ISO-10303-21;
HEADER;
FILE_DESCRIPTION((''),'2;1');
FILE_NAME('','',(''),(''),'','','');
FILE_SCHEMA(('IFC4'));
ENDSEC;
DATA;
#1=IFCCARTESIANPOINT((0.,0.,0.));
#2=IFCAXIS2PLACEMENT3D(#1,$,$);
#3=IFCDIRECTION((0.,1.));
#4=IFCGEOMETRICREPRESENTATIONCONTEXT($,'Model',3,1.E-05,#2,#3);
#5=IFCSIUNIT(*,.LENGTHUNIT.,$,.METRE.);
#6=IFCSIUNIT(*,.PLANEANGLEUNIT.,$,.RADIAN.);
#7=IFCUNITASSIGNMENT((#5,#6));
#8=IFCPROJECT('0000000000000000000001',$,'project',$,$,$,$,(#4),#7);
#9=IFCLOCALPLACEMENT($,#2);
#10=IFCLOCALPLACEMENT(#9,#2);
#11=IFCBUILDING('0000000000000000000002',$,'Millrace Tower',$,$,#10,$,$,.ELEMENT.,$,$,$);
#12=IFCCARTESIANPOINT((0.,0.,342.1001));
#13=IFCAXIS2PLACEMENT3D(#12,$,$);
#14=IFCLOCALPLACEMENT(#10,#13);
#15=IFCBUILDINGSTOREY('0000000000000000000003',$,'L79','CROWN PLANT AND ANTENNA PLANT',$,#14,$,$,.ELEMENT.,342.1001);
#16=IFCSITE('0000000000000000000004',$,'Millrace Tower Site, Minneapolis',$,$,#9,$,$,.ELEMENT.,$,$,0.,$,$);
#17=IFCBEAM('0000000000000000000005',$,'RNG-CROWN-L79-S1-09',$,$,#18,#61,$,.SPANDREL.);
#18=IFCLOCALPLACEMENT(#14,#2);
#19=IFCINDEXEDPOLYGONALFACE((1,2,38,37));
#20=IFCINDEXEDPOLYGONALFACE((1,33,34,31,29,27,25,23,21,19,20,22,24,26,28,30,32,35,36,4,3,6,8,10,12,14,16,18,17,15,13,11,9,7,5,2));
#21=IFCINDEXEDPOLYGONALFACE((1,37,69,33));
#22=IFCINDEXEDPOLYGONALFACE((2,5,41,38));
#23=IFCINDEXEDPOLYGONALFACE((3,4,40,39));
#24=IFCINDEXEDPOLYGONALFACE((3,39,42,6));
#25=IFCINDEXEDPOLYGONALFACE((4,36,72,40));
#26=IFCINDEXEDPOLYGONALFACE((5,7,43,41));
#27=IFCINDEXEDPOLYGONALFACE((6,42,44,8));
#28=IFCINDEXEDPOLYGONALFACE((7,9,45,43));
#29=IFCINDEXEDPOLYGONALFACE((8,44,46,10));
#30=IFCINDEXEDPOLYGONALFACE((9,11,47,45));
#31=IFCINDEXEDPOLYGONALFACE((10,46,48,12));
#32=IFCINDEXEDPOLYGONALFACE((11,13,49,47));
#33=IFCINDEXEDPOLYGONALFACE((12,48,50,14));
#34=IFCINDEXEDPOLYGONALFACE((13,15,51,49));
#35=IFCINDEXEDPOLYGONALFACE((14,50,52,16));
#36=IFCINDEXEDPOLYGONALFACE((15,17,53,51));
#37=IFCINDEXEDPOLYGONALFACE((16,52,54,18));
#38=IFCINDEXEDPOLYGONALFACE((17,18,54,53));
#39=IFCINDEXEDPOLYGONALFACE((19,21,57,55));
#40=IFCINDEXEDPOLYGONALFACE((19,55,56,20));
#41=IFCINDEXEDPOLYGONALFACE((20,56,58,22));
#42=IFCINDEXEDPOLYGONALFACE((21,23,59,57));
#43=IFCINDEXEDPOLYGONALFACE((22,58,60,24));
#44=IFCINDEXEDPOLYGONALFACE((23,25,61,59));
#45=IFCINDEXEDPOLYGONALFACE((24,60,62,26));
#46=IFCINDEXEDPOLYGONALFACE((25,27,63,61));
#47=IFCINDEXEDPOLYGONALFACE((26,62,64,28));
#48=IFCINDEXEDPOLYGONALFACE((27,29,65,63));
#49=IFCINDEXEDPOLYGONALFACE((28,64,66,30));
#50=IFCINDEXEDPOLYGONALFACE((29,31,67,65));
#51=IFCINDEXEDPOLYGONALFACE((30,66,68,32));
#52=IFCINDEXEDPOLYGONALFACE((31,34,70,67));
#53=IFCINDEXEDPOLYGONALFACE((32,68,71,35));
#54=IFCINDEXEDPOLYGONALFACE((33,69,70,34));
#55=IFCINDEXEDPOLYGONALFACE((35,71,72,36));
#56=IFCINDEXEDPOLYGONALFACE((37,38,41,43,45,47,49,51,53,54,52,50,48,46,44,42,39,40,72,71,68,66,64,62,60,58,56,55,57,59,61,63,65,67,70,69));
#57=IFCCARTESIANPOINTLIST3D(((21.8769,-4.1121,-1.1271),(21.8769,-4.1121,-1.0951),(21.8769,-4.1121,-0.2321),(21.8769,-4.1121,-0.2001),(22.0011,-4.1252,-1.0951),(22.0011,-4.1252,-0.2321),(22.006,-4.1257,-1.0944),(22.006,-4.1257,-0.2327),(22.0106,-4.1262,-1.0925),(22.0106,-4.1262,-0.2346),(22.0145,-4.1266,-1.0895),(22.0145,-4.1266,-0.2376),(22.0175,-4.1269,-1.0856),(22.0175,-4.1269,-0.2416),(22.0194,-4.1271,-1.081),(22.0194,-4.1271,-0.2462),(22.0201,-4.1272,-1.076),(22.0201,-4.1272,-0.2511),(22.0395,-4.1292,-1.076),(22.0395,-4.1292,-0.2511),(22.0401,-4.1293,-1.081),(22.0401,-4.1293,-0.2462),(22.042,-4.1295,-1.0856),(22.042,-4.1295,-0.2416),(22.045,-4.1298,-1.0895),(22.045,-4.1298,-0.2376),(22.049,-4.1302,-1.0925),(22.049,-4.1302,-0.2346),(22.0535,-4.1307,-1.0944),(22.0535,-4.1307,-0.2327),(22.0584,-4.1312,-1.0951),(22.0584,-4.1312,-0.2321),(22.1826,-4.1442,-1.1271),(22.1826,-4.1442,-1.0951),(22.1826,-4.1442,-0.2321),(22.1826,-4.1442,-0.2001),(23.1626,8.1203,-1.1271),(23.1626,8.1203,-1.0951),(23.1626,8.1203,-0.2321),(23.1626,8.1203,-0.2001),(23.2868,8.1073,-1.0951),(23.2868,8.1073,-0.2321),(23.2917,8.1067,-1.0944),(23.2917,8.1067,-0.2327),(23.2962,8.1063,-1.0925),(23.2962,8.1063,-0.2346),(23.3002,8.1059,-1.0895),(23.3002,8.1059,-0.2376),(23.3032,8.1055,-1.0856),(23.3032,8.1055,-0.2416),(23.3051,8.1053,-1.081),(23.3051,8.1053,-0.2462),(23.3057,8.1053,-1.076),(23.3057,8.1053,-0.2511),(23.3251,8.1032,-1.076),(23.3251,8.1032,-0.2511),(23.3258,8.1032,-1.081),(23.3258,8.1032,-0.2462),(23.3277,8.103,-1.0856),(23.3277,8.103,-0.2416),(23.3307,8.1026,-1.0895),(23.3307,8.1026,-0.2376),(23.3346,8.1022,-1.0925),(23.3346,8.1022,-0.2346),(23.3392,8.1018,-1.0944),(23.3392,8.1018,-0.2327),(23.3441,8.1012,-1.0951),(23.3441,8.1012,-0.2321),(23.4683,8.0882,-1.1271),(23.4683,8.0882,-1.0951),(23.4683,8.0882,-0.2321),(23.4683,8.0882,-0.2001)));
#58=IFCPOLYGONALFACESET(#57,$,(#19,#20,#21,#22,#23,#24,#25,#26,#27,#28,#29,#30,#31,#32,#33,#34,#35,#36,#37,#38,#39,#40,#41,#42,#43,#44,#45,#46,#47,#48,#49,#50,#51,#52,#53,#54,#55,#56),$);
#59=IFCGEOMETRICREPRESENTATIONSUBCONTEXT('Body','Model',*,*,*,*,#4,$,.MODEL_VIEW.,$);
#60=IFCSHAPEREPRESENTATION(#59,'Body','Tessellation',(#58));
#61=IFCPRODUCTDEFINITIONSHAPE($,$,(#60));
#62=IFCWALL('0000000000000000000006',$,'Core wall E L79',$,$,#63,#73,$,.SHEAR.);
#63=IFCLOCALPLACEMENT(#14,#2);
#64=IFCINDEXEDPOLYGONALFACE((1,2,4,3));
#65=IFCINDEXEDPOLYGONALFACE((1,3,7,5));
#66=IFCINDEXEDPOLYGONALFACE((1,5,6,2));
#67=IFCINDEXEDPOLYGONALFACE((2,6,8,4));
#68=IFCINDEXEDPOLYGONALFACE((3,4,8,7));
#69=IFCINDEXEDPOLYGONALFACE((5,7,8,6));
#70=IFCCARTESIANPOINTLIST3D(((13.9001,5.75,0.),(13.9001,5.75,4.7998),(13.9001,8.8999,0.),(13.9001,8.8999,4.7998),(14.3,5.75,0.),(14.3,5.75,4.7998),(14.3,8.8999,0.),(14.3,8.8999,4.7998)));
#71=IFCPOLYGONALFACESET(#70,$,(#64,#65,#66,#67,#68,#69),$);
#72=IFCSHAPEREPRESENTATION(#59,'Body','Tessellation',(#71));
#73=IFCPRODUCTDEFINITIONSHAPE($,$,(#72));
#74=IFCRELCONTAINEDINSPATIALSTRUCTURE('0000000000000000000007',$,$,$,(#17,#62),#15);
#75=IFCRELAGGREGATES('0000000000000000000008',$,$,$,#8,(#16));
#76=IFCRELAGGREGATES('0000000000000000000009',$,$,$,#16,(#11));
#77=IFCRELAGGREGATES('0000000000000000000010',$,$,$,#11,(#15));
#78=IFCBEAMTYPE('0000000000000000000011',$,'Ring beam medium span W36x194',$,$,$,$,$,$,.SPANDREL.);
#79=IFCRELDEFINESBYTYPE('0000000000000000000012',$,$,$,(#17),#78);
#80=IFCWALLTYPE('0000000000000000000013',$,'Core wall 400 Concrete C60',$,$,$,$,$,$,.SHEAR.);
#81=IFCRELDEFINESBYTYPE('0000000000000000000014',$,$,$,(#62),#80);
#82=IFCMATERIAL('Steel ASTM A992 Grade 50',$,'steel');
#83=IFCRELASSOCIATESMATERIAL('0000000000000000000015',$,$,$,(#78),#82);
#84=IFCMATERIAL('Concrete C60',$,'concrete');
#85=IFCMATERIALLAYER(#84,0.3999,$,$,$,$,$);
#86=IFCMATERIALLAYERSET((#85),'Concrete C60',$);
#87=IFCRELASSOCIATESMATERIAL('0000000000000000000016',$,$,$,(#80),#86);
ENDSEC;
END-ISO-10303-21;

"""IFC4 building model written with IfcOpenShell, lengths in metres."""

from ifc_helpers import new_model, si_unit, direction, frame, frame_2d, origin, origin_2d, place, context, subcontext, project, spatial, rectangle, i_section, extrude, material, layer, layer_set, material_profile, profile_set, type_object, element, save


model = new_model("IFC4")

# Units and contexts
model_context = context("Model", 3, precision=1e-05, world=origin(), true_north=direction((0.0, 1.0)))
body_context = subcontext(model_context, "Body", "Model", "MODEL_VIEW")
ifc_project = project(units=[si_unit("LENGTHUNIT", "METRE"), si_unit("PLANEANGLEUNIT", "RADIAN")], contexts=[model_context])

# Site, building, storey
site_placement = place(None, origin())
site = spatial("IfcSite", under=ifc_project, at=site_placement, Name="Millrace Tower Site, Minneapolis", CompositionType="ELEMENT", RefElevation=0.0)
building_placement = place(site_placement, origin())
building = spatial("IfcBuilding", under=site, at=building_placement, Name="Millrace Tower", CompositionType="ELEMENT")
storey_placement = place(building_placement, frame((0.0, 0.0, 342.1001)))
storey = spatial("IfcBuildingStorey", under=building, at=storey_placement, Name="L79", Description="CROWN PLANT AND ANTENNA PLANT", CompositionType="ELEMENT", Elevation=342.1001)

# Beam
ifc_material_1 = material(Name="Steel ASTM A992 Grade 50", Category="steel")
ifc_material_profile_1 = material_profile(ifc_material_1, i_section(OverallWidth=0.3074, OverallDepth=0.927, WebThickness=0.0195, FlangeThickness=0.032, FilletRadius=0.019, at=origin_2d()))
ifc_profile_set_1 = profile_set([ifc_material_profile_1], Name="Steel ASTM A992 Grade 50")
beam_type_1 = type_object("IfcBeamType", Name="Ring beam medium span W36x194", PredefinedType="SPANDREL", material=ifc_profile_set_1)
beam_1_placement = place(storey_placement, frame((23.3154, 8.1042, -0.6636), z_axis=(-0.104526, -0.994522, 0.0), x_axis=(0.994522, -0.104526, 0.0)))
element("IfcBeam", 1, at=beam_1_placement, inside=storey, type_object=beam_type_1, Name="RNG-CROWN-L79-S1-09", PredefinedType="SPANDREL", context=body_context, shape_type="SweptSolid", body=[
    extrude(i_section(OverallWidth=0.3074, OverallDepth=0.927, WebThickness=0.0195, FlangeThickness=0.032, FilletRadius=0.019, at=origin_2d()), origin(), (0.0, 0.0, 1.0), 12.2998),
])

# Wall
ifc_material_2 = material(Name="Concrete C60", Category="concrete")
ifc_layer_1 = layer(ifc_material_2, 0.3999)
ifc_layer_set_1 = layer_set([ifc_layer_1], Name="Concrete C60")
wall_type = type_object("IfcWallType", Name="Core wall 400 Concrete C60", PredefinedType="SHEAR", material=ifc_layer_set_1)
wall_placement = place(storey_placement, frame((14.1001, 8.8999, 0.0), z_axis=(0.0, 0.0, 1.0), x_axis=(0.0, -1.0, 0.0)))
element("IfcWall", 2, at=wall_placement, inside=storey, type_object=wall_type, Name="Core wall E L79", PredefinedType="SHEAR", context=body_context, shape_type="SweptSolid", body=[
    extrude(rectangle(XDim=3.1499, YDim=0.3999, at=frame_2d((1.575, 0.0))), origin(), (0.0, 0.0, 1.0), 4.7998),
])

save(model, "model.ifc")
